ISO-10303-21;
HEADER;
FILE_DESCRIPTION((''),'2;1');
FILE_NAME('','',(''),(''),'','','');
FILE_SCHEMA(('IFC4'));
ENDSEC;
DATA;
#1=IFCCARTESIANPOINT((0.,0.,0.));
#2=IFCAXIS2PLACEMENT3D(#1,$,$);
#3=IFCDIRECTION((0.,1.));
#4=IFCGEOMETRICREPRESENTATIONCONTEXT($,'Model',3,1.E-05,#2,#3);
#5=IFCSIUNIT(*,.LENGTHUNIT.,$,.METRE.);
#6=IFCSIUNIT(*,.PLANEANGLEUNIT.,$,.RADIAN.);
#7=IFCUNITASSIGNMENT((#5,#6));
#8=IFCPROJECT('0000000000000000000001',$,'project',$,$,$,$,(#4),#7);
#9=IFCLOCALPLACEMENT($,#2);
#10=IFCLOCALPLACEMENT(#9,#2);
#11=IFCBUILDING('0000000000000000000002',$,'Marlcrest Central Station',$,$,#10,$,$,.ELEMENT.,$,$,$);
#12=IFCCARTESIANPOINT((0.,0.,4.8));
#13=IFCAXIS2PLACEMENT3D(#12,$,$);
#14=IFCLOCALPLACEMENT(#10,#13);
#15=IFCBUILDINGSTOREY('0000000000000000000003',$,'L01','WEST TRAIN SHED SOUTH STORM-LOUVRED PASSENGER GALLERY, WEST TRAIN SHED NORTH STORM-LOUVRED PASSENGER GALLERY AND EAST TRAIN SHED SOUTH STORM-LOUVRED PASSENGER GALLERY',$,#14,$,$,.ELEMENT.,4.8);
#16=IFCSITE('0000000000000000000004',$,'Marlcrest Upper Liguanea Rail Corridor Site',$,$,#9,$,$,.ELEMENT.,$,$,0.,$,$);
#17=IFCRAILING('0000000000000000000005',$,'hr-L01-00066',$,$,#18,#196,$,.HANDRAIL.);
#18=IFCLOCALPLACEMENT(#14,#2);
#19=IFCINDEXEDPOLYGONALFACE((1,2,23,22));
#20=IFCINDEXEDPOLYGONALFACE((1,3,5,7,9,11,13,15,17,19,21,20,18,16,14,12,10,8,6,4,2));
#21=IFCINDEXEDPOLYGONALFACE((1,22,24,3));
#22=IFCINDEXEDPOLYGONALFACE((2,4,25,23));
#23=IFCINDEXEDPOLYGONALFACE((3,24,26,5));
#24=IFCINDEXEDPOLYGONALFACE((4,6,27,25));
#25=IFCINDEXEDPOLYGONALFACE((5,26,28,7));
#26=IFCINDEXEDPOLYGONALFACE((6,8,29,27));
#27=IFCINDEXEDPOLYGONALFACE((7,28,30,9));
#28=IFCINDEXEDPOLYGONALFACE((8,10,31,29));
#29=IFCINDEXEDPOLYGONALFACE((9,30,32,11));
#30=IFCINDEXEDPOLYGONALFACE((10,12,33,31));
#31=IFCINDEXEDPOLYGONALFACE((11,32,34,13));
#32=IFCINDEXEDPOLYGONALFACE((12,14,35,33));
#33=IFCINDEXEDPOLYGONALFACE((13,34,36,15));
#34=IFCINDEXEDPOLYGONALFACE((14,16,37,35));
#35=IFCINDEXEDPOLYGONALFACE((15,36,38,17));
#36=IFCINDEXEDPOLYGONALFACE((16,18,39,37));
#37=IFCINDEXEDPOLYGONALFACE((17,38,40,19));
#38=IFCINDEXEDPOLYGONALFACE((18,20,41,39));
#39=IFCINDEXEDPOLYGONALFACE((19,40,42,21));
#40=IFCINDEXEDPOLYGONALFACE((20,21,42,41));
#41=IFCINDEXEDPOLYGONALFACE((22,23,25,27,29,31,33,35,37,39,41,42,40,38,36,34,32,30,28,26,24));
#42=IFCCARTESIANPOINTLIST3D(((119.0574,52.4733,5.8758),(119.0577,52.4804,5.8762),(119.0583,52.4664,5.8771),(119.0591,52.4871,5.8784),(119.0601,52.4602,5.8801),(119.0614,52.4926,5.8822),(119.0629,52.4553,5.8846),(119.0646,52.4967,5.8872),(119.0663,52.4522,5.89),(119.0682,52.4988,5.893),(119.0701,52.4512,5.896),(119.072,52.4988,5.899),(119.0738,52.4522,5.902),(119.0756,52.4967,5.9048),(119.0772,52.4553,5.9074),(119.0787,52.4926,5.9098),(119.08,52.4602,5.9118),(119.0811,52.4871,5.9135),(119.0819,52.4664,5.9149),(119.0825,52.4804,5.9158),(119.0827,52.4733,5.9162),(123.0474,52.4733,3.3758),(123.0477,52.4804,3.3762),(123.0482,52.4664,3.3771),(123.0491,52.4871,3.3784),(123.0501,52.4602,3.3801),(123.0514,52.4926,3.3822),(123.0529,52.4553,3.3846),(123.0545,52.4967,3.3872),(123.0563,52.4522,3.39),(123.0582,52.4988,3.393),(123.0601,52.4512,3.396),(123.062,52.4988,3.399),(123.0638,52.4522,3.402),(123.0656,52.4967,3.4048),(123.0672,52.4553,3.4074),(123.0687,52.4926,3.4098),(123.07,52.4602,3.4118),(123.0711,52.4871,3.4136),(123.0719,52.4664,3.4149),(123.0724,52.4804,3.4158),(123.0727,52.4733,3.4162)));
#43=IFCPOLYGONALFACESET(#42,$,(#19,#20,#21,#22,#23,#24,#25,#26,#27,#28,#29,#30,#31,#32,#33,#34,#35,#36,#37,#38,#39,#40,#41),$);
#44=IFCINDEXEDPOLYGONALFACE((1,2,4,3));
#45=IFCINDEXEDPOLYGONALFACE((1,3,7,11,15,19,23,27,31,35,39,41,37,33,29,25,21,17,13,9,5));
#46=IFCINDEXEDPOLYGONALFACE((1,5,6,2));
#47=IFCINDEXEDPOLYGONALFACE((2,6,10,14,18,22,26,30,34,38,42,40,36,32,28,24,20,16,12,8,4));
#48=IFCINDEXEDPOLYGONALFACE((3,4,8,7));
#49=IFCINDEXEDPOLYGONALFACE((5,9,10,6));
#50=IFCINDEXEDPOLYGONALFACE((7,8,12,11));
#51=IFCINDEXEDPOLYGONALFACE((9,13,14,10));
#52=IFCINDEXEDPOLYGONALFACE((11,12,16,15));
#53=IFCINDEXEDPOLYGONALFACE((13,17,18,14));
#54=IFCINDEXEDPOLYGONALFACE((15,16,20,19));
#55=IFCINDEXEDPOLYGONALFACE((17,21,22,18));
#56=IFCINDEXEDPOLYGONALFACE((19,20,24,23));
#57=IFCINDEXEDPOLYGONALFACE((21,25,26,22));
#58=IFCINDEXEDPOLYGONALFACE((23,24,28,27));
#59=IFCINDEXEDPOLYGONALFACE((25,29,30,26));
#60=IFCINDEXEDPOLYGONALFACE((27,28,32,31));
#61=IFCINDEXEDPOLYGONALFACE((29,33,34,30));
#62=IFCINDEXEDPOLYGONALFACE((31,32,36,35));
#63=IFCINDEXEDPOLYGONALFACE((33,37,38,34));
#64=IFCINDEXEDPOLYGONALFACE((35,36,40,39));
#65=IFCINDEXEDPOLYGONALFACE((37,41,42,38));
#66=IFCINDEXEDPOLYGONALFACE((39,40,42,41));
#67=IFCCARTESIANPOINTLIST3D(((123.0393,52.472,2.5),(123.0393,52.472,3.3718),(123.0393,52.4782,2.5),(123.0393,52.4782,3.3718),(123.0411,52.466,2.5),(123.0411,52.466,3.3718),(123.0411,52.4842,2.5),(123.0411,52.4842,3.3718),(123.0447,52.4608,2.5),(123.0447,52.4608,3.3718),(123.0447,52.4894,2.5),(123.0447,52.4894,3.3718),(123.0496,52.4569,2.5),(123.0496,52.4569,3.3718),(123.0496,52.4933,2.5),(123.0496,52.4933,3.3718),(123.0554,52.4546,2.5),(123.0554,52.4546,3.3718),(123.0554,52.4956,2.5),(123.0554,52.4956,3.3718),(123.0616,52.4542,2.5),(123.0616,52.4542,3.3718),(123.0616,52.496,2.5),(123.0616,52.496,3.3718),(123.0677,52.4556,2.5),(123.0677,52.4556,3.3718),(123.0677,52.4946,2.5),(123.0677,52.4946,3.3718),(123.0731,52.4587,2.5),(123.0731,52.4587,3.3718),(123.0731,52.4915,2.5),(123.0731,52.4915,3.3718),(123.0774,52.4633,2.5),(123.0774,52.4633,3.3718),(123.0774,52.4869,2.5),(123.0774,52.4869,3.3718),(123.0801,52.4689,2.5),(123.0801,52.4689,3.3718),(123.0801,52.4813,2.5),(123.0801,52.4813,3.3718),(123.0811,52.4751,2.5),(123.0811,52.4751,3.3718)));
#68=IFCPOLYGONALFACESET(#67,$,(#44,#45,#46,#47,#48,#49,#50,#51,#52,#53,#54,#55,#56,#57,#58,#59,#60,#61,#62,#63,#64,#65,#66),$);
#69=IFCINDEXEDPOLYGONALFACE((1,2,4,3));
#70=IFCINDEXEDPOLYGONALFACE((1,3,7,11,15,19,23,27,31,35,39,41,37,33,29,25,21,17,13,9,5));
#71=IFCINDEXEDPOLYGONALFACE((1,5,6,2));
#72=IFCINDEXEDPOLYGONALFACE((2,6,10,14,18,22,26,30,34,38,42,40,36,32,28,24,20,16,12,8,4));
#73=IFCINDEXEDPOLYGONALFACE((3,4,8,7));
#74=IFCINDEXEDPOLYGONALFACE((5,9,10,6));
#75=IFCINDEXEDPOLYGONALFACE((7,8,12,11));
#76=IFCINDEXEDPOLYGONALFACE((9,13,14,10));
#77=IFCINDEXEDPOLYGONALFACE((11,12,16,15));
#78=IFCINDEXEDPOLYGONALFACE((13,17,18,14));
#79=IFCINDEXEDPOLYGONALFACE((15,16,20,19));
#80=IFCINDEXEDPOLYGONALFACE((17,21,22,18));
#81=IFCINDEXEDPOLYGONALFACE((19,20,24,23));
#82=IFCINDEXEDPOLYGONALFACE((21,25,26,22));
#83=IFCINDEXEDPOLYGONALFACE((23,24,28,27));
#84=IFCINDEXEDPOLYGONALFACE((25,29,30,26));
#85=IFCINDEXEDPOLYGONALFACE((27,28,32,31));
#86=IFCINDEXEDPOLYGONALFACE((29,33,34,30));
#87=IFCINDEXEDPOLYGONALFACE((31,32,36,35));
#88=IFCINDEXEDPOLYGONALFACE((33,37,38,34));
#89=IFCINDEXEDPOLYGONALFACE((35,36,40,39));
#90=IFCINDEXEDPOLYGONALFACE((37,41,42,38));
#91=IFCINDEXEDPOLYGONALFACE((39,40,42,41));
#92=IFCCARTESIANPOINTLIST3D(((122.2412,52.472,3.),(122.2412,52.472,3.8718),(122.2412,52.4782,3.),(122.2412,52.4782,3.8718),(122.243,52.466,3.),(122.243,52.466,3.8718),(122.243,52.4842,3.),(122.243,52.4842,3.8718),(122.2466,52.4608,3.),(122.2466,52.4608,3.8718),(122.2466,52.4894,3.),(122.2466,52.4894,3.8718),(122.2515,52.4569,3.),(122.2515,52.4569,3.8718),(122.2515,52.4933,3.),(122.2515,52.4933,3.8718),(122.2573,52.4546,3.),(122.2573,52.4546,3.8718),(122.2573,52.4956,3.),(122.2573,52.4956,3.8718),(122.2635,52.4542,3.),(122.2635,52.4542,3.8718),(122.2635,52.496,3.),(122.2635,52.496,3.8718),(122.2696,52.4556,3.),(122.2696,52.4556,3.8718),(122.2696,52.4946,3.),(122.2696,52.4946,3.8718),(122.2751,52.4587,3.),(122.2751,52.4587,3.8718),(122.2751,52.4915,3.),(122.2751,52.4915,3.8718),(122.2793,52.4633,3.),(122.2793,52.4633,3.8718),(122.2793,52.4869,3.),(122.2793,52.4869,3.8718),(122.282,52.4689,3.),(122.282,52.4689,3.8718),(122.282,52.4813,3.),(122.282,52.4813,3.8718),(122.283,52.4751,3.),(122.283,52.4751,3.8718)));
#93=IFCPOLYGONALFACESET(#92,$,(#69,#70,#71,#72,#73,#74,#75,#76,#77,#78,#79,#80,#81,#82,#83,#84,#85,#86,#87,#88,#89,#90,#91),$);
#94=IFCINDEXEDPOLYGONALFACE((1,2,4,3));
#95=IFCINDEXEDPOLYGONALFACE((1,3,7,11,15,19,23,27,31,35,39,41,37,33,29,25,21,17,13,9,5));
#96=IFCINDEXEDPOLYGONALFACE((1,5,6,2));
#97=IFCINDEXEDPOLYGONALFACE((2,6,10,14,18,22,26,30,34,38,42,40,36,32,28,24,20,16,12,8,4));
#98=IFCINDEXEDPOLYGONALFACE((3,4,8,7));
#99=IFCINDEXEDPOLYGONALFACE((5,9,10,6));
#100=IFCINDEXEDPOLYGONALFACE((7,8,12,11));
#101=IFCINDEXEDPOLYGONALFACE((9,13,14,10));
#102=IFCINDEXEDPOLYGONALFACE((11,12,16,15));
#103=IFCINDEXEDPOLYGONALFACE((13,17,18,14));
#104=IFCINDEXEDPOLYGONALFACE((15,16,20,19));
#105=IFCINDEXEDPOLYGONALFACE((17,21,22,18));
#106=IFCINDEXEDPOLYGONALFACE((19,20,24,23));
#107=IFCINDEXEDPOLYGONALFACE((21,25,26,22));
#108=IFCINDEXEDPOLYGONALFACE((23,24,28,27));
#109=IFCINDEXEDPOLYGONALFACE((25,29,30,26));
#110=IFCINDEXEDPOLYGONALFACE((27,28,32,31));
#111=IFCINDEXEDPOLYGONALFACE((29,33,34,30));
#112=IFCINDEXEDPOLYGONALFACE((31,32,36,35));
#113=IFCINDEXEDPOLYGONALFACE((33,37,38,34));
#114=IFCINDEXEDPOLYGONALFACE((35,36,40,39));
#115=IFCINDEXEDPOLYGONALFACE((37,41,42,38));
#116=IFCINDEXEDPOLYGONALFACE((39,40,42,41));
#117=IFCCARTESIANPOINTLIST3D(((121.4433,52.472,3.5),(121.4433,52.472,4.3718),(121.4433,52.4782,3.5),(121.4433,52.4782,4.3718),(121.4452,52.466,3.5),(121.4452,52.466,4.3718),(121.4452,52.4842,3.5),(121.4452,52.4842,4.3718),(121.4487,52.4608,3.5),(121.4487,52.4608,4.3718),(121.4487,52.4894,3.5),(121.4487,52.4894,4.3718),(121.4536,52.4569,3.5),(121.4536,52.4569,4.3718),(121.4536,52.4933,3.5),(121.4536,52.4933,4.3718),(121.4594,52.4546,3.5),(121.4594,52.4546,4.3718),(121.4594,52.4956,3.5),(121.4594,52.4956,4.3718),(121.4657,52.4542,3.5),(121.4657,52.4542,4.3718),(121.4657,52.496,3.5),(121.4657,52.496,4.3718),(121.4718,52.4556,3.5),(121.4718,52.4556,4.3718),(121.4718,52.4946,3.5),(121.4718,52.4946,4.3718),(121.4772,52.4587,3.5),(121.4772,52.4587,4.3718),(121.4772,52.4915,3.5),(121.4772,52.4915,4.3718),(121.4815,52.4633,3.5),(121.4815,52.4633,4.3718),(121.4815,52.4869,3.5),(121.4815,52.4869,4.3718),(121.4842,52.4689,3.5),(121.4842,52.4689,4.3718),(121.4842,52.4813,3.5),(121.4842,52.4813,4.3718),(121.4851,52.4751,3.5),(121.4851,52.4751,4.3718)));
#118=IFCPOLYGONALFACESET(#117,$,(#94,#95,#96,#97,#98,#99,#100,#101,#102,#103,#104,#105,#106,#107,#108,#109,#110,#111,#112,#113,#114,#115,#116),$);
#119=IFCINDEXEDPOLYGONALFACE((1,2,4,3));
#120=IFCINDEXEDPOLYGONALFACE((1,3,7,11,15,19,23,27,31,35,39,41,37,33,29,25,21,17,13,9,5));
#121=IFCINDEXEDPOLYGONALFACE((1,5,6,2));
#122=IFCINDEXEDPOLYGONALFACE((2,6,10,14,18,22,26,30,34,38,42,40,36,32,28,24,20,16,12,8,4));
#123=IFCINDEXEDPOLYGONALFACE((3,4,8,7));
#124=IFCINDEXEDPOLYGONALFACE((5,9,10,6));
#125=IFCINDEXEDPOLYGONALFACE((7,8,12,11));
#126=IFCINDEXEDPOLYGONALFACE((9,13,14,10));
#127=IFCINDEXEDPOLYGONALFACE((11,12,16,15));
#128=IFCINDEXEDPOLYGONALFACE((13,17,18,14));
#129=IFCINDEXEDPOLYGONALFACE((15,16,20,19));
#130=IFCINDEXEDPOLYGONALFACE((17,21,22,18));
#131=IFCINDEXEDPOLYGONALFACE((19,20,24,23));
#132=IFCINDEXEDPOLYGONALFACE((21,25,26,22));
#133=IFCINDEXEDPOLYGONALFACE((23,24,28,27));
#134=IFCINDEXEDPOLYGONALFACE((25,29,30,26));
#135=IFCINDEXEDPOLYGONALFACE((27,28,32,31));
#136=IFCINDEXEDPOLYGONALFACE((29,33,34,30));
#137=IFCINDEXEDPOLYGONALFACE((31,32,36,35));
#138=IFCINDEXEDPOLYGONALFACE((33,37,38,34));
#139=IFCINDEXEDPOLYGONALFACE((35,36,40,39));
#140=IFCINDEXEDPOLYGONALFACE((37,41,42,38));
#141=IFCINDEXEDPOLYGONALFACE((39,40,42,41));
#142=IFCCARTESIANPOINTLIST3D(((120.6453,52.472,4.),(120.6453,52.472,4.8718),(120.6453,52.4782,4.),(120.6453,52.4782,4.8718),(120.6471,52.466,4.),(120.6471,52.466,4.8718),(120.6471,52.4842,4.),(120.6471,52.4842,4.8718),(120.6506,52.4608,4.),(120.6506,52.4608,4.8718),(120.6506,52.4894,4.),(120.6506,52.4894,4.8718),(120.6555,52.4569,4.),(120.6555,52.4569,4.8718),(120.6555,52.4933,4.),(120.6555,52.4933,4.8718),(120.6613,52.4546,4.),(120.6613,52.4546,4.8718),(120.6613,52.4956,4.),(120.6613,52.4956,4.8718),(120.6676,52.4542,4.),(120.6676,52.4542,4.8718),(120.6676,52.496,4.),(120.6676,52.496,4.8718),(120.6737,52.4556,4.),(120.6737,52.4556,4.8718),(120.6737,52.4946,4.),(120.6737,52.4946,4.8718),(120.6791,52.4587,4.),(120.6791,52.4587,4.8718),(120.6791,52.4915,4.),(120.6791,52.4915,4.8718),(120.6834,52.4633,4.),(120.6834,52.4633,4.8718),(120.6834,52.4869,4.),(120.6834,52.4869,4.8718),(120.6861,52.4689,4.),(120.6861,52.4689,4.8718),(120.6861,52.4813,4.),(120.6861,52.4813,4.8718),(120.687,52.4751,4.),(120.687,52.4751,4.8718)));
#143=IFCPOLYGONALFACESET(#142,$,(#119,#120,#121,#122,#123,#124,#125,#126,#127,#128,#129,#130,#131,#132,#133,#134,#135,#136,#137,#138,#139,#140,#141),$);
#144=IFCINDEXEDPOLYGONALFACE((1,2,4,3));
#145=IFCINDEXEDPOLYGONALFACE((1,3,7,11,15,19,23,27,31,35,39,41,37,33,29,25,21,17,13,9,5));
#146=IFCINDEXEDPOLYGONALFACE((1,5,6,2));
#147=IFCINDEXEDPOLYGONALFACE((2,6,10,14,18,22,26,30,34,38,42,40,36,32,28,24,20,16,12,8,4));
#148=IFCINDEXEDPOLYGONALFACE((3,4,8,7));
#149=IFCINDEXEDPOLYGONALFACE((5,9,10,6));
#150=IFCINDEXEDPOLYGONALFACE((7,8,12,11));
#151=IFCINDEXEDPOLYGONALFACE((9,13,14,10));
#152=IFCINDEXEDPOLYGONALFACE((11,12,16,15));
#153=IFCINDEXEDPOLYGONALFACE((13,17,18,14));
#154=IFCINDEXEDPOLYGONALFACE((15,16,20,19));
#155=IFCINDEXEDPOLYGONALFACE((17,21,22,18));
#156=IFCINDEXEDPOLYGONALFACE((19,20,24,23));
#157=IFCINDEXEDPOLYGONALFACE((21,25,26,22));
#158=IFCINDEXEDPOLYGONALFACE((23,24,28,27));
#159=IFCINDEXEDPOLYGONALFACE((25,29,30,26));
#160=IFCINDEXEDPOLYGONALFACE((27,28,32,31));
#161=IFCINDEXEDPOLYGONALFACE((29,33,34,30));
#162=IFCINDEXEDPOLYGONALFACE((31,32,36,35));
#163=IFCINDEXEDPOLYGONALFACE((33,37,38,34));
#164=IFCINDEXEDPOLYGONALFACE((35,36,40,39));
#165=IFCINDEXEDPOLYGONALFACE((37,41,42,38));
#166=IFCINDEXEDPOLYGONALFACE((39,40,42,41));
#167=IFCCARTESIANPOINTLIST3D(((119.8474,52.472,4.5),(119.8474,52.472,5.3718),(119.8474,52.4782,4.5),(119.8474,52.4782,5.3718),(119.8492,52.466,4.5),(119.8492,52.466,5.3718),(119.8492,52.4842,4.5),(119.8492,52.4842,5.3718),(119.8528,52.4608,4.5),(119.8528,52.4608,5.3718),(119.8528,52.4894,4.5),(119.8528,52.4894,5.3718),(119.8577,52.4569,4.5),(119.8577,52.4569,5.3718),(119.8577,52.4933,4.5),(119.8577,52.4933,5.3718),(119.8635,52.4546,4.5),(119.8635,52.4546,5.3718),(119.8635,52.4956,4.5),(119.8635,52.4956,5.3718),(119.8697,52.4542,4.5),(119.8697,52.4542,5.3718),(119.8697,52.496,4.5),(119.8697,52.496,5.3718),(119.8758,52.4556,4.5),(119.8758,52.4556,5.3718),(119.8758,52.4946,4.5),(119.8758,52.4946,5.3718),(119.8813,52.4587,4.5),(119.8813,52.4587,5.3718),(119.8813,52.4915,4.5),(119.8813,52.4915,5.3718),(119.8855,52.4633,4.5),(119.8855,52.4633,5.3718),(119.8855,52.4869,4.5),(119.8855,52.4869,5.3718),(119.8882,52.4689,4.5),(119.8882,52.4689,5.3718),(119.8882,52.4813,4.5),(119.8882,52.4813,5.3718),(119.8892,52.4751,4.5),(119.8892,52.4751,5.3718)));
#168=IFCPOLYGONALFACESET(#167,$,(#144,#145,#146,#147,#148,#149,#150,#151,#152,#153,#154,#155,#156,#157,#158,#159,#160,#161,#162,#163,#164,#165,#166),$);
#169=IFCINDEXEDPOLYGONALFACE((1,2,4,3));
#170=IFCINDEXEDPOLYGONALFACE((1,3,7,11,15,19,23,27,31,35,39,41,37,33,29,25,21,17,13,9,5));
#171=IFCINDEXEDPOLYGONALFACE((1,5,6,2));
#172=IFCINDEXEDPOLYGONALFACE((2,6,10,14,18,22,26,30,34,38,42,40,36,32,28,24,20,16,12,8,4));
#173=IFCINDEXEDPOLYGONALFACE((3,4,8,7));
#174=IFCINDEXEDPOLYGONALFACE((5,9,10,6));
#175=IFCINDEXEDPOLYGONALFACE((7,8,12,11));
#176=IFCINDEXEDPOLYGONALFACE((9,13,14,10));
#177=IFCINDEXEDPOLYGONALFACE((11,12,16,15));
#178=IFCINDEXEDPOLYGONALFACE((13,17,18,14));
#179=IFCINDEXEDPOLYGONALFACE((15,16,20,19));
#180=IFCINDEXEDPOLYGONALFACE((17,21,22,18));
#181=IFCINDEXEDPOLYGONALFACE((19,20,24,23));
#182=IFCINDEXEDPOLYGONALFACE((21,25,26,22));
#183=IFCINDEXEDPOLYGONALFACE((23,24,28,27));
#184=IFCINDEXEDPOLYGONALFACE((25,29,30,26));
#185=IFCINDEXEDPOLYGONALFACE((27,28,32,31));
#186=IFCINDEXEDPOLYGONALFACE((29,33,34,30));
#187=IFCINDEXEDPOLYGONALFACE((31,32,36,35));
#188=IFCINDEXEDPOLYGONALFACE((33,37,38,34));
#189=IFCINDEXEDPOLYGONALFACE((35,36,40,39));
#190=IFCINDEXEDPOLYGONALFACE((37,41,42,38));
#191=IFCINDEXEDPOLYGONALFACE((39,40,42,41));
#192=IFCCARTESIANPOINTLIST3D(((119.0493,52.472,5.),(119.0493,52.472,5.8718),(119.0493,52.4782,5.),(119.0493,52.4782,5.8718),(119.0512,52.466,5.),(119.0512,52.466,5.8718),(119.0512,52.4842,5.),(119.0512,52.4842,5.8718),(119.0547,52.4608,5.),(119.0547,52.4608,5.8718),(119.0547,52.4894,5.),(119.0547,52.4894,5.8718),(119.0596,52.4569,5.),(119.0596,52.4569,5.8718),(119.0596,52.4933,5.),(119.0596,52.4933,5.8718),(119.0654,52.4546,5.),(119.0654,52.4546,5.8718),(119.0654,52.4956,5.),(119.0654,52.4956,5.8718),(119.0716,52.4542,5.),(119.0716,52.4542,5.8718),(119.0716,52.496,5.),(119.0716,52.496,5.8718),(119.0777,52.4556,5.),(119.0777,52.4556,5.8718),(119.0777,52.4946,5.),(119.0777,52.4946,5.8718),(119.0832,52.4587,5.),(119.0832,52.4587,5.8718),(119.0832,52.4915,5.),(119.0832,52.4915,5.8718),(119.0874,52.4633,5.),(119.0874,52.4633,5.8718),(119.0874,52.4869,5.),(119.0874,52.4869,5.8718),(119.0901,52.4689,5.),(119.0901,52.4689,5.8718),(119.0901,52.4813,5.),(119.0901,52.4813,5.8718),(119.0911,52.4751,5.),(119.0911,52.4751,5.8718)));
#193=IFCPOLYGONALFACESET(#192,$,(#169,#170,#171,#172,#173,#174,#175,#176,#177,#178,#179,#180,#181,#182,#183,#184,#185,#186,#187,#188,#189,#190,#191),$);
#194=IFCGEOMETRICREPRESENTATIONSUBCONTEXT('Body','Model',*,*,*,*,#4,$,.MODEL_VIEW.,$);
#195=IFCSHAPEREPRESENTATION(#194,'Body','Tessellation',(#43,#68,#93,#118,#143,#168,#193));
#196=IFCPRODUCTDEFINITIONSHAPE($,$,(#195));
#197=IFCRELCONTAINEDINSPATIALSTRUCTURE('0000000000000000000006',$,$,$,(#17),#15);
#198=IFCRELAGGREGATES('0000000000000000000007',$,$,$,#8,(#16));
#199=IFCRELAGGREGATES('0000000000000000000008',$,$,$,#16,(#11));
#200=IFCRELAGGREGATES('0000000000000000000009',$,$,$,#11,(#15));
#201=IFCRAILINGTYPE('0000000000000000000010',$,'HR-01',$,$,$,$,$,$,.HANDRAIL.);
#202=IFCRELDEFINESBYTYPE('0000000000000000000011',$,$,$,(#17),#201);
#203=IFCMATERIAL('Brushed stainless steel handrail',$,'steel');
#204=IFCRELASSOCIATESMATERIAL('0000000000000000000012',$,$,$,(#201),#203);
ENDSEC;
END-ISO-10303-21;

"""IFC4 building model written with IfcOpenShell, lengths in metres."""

from ifc_helpers import new_model, si_unit, direction, frame, origin, origin_2d, place, context, subcontext, project, spatial, circle, extrude, material, type_object, element, save


model = new_model("IFC4")

# Units and contexts
model_context = context("Model", 3, precision=1e-05, world=origin(), true_north=direction((0.0, 1.0)))
body_context = subcontext(model_context, "Body", "Model", "MODEL_VIEW")
ifc_project = project(units=[si_unit("LENGTHUNIT", "METRE"), si_unit("PLANEANGLEUNIT", "RADIAN")], contexts=[model_context])

# Site, building, storey
site_placement = place(None, origin())
site = spatial("IfcSite", under=ifc_project, at=site_placement, Name="Marlcrest Upper Liguanea Rail Corridor Site", CompositionType="ELEMENT", RefElevation=0.0)
building_placement = place(site_placement, origin())
building = spatial("IfcBuilding", under=site, at=building_placement, Name="Marlcrest Central Station", CompositionType="ELEMENT")
storey_placement = place(building_placement, frame((0.0, 0.0, 4.8)))
storey = spatial("IfcBuildingStorey", under=building, at=storey_placement, Name="L01", Description="WEST TRAIN SHED SOUTH STORM-LOUVRED PASSENGER GALLERY, WEST TRAIN SHED NORTH STORM-LOUVRED PASSENGER GALLERY AND EAST TRAIN SHED SOUTH STORM-LOUVRED PASSENGER GALLERY", CompositionType="ELEMENT", Elevation=4.8)

# Railing
ifc_material_1 = material(Name="Brushed stainless steel handrail", Category="steel")
railing_type = type_object("IfcRailingType", Name="HR-01", PredefinedType="HANDRAIL", material=ifc_material_1)
for number, where, name in (
    (1, (123.0601, 52.4751, 2.5), "hr-L01-00066"),
):
    element("IfcRailing", number, at=place(storey_placement, frame(where)), inside=storey, type_object=railing_type, Name=name, PredefinedType="HANDRAIL", context=body_context, shape_type="SweptSolid", body=[
        extrude(circle(Radius=0.0239, at=origin_2d()), frame((0.0, 0.0, 0.896), z_axis=(-0.847401, 0.0, 0.530954), x_axis=(0.0, -1.0, 0.0)), (0.0, 0.0, 1.0), 4.7085),
        extrude(circle(Radius=0.021, at=origin_2d()), origin(), (0.0, 0.0, 1.0), 0.8718),
        extrude(circle(Radius=0.021, at=origin_2d()), frame((-0.7981, 0.0, 0.5)), (0.0, 0.0, 1.0), 0.8718),
        extrude(circle(Radius=0.021, at=origin_2d()), frame((-1.5959, 0.0, 1.0)), (0.0, 0.0, 1.0), 0.8718),
        extrude(circle(Radius=0.021, at=origin_2d()), frame((-2.394, 0.0, 1.5)), (0.0, 0.0, 1.0), 0.8718),
        extrude(circle(Radius=0.021, at=origin_2d()), frame((-3.1919, 0.0, 2.0)), (0.0, 0.0, 1.0), 0.8718),
        extrude(circle(Radius=0.021, at=origin_2d()), frame((-3.99, 0.0, 2.5)), (0.0, 0.0, 1.0), 0.8718),
    ])

save(model, "model.ifc")
